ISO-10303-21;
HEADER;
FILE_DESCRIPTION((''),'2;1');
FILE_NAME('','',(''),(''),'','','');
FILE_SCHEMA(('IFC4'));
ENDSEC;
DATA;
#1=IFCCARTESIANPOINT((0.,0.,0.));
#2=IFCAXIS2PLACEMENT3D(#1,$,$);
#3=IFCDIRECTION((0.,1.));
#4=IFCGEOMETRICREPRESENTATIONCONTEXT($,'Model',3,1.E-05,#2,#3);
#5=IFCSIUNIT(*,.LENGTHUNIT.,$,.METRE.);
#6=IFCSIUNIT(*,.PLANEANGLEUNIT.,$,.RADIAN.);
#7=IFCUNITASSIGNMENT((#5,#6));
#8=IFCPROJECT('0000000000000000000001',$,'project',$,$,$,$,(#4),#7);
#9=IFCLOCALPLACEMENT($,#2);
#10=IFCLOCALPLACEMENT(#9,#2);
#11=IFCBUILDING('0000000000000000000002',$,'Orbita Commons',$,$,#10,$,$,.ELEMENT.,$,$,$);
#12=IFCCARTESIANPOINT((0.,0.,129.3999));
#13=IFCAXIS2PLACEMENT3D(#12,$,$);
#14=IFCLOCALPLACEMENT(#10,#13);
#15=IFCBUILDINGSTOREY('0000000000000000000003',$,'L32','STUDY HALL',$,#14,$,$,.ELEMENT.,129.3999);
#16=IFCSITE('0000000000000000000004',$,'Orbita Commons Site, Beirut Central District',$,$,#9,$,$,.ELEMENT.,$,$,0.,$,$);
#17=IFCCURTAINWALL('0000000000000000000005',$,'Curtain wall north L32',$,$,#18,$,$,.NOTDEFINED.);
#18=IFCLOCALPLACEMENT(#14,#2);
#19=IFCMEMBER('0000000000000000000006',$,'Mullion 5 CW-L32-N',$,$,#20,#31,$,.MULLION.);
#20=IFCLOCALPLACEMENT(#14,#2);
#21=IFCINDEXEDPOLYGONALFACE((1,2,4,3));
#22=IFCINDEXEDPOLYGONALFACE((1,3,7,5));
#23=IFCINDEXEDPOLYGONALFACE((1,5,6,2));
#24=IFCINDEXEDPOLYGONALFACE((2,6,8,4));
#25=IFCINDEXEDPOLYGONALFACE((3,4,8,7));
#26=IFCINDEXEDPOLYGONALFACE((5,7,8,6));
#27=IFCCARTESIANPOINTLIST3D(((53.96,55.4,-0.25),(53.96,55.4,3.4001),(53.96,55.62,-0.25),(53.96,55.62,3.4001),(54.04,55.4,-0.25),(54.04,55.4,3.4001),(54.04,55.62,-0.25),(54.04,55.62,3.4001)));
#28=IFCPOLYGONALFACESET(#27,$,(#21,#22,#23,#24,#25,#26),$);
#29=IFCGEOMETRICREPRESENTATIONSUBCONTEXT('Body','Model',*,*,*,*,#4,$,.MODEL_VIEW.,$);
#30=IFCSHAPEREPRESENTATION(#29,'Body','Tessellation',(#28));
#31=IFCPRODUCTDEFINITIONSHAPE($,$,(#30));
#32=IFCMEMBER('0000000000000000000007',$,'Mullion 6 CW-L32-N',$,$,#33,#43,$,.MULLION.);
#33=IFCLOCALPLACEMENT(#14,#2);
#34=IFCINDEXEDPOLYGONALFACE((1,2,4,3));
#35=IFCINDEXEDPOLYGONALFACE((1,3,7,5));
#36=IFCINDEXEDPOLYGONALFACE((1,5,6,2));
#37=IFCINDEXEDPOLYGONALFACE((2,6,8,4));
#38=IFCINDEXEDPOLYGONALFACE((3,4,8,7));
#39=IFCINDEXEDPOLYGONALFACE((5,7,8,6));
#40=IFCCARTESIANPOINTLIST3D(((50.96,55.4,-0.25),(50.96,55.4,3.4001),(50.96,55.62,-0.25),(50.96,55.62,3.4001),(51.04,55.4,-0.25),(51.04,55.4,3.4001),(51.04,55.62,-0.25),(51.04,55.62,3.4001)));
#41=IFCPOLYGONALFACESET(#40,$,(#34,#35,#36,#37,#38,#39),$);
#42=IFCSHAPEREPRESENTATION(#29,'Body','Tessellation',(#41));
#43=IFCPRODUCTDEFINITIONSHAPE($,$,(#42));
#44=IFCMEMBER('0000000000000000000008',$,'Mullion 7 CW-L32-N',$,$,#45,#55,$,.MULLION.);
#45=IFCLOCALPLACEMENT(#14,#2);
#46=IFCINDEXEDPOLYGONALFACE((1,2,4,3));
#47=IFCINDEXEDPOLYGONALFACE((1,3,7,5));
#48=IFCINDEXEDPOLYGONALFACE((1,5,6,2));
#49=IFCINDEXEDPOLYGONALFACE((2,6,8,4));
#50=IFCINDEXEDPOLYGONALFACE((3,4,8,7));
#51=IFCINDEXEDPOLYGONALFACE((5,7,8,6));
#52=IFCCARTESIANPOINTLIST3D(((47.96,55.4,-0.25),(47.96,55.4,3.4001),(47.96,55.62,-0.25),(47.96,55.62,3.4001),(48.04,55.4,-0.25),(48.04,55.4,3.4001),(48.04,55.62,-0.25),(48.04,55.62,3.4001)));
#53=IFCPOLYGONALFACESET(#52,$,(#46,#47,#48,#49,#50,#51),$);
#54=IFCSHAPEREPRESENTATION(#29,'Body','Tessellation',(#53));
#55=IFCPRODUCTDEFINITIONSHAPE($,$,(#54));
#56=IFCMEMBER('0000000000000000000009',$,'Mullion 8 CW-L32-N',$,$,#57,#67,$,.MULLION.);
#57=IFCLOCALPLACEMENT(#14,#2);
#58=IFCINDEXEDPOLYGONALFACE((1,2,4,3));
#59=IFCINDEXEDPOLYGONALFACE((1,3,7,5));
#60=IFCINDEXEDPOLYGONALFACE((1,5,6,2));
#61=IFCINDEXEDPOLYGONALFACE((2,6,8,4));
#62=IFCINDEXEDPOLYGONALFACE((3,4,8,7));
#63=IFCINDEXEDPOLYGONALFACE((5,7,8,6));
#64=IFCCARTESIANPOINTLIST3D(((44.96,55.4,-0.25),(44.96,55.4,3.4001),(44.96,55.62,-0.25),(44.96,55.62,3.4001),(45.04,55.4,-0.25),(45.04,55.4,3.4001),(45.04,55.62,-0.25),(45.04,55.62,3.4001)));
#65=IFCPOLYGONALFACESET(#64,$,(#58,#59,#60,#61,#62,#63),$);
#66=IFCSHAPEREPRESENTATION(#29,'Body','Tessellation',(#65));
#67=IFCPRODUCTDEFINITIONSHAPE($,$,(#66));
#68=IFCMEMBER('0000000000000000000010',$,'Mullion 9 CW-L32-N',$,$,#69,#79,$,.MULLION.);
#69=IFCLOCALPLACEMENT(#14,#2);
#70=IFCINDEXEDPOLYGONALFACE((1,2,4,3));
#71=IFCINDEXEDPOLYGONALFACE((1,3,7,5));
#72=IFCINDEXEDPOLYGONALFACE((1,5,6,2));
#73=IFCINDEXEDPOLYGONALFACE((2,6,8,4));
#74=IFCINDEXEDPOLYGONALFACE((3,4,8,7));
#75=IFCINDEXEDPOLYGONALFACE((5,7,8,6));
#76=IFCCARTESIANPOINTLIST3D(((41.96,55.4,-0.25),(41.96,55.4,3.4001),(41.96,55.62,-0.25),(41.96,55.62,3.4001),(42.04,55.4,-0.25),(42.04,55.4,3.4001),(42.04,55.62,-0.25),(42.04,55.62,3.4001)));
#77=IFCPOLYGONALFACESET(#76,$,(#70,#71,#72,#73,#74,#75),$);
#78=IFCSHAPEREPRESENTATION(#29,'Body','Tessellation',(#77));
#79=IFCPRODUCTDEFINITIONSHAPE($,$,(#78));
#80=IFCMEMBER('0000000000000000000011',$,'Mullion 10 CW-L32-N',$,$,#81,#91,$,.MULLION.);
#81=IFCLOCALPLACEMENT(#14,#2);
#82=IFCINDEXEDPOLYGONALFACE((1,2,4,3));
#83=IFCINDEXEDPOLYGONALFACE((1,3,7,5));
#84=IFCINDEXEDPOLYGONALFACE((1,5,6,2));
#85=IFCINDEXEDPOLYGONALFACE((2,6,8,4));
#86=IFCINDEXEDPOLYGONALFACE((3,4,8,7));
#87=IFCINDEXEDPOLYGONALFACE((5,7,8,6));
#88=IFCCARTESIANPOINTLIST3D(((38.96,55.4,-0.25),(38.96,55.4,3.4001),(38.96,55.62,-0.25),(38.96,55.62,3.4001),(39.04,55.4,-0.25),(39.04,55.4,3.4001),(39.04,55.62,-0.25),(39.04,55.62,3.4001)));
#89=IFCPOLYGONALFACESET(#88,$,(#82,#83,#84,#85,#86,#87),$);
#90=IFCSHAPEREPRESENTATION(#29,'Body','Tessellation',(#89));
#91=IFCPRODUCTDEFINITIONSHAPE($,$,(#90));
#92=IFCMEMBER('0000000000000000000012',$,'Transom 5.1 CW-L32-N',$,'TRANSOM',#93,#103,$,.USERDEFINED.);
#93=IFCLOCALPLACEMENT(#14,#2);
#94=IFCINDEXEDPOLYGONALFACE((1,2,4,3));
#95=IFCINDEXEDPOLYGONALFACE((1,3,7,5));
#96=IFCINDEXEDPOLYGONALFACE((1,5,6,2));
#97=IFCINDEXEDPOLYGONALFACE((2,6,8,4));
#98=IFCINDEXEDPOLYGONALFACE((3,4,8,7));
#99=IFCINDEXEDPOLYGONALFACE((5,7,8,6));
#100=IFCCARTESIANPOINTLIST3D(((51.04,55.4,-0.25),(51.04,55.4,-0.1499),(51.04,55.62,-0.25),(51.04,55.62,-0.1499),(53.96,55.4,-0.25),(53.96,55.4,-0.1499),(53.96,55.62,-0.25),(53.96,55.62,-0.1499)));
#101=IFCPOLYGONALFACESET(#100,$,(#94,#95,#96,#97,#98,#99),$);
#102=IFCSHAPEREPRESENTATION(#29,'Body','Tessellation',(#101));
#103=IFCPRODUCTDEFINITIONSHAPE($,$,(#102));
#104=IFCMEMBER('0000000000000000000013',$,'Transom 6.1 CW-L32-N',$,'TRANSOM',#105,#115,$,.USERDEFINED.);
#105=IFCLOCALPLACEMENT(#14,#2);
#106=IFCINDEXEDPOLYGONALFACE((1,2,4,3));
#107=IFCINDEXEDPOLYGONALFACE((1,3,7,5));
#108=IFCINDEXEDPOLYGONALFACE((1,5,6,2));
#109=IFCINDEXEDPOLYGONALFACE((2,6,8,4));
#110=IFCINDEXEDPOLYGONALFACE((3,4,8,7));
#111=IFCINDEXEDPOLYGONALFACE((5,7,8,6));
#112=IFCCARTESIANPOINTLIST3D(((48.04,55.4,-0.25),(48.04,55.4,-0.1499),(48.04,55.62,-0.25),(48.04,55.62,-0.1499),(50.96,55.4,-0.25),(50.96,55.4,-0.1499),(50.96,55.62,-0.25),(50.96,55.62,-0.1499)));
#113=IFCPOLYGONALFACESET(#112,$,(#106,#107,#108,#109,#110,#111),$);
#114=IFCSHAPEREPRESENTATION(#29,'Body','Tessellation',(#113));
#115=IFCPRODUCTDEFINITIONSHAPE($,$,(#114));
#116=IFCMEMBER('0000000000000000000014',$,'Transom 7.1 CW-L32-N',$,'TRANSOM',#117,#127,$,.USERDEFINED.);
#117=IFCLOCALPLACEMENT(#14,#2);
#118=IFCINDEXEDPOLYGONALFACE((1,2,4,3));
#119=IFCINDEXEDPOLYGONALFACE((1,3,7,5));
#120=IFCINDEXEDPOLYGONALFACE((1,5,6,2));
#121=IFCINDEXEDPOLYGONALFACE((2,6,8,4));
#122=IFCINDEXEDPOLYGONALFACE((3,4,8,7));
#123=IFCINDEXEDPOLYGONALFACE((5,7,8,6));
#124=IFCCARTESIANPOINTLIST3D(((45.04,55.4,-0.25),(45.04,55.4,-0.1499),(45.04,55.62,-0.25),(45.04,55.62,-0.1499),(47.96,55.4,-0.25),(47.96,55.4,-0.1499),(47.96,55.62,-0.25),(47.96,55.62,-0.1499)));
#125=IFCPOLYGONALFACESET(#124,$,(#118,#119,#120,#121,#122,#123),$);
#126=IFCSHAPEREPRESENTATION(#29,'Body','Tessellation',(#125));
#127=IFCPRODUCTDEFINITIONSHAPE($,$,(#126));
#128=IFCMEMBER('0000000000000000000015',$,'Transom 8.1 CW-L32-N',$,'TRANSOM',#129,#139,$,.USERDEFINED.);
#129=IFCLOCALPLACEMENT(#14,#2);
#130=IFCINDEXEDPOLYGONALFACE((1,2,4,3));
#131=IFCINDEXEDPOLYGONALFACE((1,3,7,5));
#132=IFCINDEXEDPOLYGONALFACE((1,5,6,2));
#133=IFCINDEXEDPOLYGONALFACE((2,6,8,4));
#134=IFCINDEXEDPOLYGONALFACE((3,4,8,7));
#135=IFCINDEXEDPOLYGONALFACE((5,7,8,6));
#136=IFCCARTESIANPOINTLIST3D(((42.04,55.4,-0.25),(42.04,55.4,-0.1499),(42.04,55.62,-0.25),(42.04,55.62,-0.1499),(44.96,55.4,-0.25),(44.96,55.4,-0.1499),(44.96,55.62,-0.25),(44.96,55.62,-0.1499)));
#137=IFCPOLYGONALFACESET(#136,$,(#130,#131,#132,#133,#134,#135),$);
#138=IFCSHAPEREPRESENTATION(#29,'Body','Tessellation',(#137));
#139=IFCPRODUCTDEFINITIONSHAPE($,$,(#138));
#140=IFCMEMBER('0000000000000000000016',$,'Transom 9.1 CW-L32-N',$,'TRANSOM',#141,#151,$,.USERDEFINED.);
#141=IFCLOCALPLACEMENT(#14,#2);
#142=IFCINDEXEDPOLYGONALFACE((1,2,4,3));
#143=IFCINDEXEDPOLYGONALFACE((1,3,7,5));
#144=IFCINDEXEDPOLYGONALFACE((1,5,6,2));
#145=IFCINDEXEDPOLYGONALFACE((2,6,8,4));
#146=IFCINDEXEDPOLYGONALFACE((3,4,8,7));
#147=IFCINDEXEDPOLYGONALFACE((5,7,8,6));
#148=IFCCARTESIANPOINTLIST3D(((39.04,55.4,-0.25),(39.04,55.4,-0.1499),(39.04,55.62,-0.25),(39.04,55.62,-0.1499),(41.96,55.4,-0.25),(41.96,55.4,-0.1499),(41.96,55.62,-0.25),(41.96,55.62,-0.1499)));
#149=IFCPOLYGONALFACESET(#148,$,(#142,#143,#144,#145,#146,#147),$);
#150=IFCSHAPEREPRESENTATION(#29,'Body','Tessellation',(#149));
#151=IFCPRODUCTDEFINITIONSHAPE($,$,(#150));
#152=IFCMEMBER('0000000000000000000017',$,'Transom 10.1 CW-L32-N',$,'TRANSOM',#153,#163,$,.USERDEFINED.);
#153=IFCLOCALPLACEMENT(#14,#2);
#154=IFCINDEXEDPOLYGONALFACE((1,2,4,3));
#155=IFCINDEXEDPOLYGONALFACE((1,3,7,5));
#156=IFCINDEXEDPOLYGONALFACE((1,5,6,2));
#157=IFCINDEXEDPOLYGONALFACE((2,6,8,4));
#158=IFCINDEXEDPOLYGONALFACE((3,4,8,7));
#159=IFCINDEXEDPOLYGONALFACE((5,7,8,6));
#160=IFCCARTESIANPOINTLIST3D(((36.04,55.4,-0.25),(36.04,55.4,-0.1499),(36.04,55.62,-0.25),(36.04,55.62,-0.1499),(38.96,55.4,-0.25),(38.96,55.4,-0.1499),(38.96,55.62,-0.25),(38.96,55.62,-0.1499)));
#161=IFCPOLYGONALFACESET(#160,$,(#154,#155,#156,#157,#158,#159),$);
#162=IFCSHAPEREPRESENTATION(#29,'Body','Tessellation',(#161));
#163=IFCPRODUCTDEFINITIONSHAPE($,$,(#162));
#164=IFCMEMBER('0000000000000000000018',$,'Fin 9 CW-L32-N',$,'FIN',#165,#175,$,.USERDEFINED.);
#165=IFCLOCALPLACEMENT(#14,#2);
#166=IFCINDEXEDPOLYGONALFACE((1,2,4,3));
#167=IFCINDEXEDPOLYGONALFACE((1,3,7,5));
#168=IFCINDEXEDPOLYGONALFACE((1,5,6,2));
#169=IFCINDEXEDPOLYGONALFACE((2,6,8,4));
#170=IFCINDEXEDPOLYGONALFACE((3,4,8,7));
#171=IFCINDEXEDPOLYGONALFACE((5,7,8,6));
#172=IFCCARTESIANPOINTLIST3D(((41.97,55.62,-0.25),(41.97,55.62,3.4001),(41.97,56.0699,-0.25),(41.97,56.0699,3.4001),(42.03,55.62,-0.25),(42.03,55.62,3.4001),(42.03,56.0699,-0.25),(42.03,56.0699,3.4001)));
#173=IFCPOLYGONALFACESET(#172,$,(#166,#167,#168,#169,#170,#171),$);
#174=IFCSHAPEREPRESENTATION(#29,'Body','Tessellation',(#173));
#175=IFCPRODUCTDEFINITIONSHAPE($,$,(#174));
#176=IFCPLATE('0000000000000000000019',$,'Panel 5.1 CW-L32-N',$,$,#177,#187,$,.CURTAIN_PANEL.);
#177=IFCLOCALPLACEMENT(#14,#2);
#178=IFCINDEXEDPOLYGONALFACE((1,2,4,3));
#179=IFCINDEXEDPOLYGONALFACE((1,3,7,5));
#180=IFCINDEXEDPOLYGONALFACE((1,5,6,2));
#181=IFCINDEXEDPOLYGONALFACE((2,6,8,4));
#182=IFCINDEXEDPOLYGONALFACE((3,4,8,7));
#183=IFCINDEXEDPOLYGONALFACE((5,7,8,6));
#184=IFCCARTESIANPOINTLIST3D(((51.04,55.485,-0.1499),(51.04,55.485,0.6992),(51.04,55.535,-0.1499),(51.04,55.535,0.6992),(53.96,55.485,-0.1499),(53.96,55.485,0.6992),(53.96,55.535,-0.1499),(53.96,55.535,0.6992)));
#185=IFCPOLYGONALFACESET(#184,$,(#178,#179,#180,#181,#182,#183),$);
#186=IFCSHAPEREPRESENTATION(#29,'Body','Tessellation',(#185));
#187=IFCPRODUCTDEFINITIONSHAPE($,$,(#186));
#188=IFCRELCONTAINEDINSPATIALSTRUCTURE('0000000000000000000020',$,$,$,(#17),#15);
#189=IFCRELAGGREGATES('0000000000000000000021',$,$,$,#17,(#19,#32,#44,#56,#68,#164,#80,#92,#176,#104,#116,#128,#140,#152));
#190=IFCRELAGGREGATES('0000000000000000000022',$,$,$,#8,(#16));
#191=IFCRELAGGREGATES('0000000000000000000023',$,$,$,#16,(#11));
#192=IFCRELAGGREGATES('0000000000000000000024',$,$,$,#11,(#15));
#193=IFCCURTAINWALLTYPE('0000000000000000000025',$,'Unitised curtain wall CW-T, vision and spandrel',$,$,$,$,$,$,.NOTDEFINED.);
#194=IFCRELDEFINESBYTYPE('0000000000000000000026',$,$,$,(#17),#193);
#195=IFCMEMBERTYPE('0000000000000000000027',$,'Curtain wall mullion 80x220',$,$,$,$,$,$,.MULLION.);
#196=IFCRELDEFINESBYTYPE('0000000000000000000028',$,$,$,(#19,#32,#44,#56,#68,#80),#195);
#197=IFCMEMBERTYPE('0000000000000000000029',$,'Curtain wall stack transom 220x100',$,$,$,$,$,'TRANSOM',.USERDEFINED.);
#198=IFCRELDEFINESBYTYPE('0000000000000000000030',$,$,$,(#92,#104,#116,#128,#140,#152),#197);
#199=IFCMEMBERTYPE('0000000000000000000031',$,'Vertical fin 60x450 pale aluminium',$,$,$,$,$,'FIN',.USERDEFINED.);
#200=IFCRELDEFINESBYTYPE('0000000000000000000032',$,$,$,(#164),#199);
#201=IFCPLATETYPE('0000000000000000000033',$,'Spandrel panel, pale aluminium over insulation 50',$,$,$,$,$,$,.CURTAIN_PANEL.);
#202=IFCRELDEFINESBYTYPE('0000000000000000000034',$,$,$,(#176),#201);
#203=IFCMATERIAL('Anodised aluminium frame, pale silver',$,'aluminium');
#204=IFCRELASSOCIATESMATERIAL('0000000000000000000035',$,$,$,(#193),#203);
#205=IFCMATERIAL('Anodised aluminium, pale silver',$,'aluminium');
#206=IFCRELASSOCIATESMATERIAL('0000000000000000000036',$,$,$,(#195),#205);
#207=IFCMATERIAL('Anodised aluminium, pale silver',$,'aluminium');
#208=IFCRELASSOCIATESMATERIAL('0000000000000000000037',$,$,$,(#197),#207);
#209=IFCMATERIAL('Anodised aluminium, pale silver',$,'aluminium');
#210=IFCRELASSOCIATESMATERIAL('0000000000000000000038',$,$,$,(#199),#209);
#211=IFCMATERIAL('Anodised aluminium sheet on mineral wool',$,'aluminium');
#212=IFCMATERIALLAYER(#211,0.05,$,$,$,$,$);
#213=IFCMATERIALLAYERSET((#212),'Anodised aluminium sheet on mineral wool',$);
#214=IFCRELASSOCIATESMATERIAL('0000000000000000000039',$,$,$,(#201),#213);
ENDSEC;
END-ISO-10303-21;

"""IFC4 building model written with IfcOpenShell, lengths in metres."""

from ifc_helpers import new_model, si_unit, direction, frame, origin, origin_2d, place, context, subcontext, project, spatial, rectangle, extrude, material, layer, layer_set, material_profile, profile_set, type_object, element, aggregate, save


model = new_model("IFC4")

# Units and contexts
model_context = context("Model", 3, precision=1e-05, world=origin(), true_north=direction((0.0, 1.0)))
body_context = subcontext(model_context, "Body", "Model", "MODEL_VIEW")
ifc_project = project(units=[si_unit("LENGTHUNIT", "METRE"), si_unit("PLANEANGLEUNIT", "RADIAN")], contexts=[model_context])

# Site, building, storey
site_placement = place(None, origin())
site = spatial("IfcSite", under=ifc_project, at=site_placement, Name="Orbita Commons Site, Beirut Central District", CompositionType="ELEMENT", RefElevation=0.0)
building_placement = place(site_placement, origin())
building = spatial("IfcBuilding", under=site, at=building_placement, Name="Orbita Commons", CompositionType="ELEMENT")
storey_placement = place(building_placement, frame((0.0, 0.0, 129.3999)))
storey = spatial("IfcBuildingStorey", under=building, at=storey_placement, Name="L32", Description="STUDY HALL", CompositionType="ELEMENT", Elevation=129.3999)

# Curtain wall, members, plate
ifc_material_1 = material(Name="Anodised aluminium frame, pale silver", Category="aluminium")
curtain_wall_type = type_object("IfcCurtainWallType", Name="Unitised curtain wall CW-T, vision and spandrel", PredefinedType="NOTDEFINED", material=ifc_material_1)
curtain_wall_placement = place(storey_placement, origin())
curtain_wall = element("IfcCurtainWall", 1, at=curtain_wall_placement, inside=storey, type_object=curtain_wall_type, Name="Curtain wall north L32", PredefinedType="NOTDEFINED")
ifc_material_2 = material(Name="Anodised aluminium, pale silver", Category="aluminium")
ifc_material_profile_1 = material_profile(ifc_material_2, rectangle(XDim=0.0801, YDim=0.22, at=origin_2d()), Name="AL 80x220")
ifc_profile_set_1 = profile_set([ifc_material_profile_1], Name="Anodised aluminium, pale silver")
member_type_1 = type_object("IfcMemberType", Name="Curtain wall mullion 80x220", PredefinedType="MULLION", material=ifc_profile_set_1)
member_1_placement = place(storey_placement, frame((54.0, 55.51, -0.25), z_axis=(0.0, 0.0, 1.0), x_axis=(-1.0, 0.0, 0.0)))
member_1 = element("IfcMember", 2, at=member_1_placement, type_object=member_type_1, Name="Mullion 5 CW-L32-N", PredefinedType="MULLION", context=body_context, shape_type="SweptSolid", body=[
    extrude(rectangle(XDim=0.0801, YDim=0.22, at=origin_2d()), origin(), (0.0, 0.0, 1.0), 3.6501),
])
member_2_placement = place(storey_placement, frame((51.0, 55.51, -0.25), z_axis=(0.0, 0.0, 1.0), x_axis=(-1.0, 0.0, 0.0)))
member_2 = element("IfcMember", 3, at=member_2_placement, type_object=member_type_1, Name="Mullion 6 CW-L32-N", PredefinedType="MULLION", context=body_context, shape_type="SweptSolid", body=[
    extrude(rectangle(XDim=0.0801, YDim=0.22, at=origin_2d()), origin(), (0.0, 0.0, 1.0), 3.6501),
])
member_3_placement = place(storey_placement, frame((48.0, 55.51, -0.25), z_axis=(0.0, 0.0, 1.0), x_axis=(-1.0, 0.0, 0.0)))
member_3 = element("IfcMember", 4, at=member_3_placement, type_object=member_type_1, Name="Mullion 7 CW-L32-N", PredefinedType="MULLION", context=body_context, shape_type="SweptSolid", body=[
    extrude(rectangle(XDim=0.0801, YDim=0.22, at=origin_2d()), origin(), (0.0, 0.0, 1.0), 3.6501),
])
member_4_placement = place(storey_placement, frame((45.0, 55.51, -0.25), z_axis=(0.0, 0.0, 1.0), x_axis=(-1.0, 0.0, 0.0)))
member_4 = element("IfcMember", 5, at=member_4_placement, type_object=member_type_1, Name="Mullion 8 CW-L32-N", PredefinedType="MULLION", context=body_context, shape_type="SweptSolid", body=[
    extrude(rectangle(XDim=0.0801, YDim=0.22, at=origin_2d()), origin(), (0.0, 0.0, 1.0), 3.6501),
])
member_5_placement = place(storey_placement, frame((42.0, 55.51, -0.25), z_axis=(0.0, 0.0, 1.0), x_axis=(-1.0, 0.0, 0.0)))
member_5 = element("IfcMember", 6, at=member_5_placement, type_object=member_type_1, Name="Mullion 9 CW-L32-N", PredefinedType="MULLION", context=body_context, shape_type="SweptSolid", body=[
    extrude(rectangle(XDim=0.0801, YDim=0.22, at=origin_2d()), origin(), (0.0, 0.0, 1.0), 3.6501),
])
member_6_placement = place(storey_placement, frame((39.0, 55.51, -0.25), z_axis=(0.0, 0.0, 1.0), x_axis=(-1.0, 0.0, 0.0)))
member_6 = element("IfcMember", 7, at=member_6_placement, type_object=member_type_1, Name="Mullion 10 CW-L32-N", PredefinedType="MULLION", context=body_context, shape_type="SweptSolid", body=[
    extrude(rectangle(XDim=0.0801, YDim=0.22, at=origin_2d()), origin(), (0.0, 0.0, 1.0), 3.6501),
])
ifc_material_3 = material(Name="Anodised aluminium, pale silver", Category="aluminium")
ifc_material_profile_2 = material_profile(ifc_material_3, rectangle(XDim=0.22, YDim=0.1001, at=origin_2d()), Name="AL 220x100")
ifc_profile_set_2 = profile_set([ifc_material_profile_2], Name="Anodised aluminium, pale silver")
member_type_2 = type_object("IfcMemberType", Name="Curtain wall stack transom 220x100", ElementType="TRANSOM", PredefinedType="USERDEFINED", material=ifc_profile_set_2)
member_7_placement = place(storey_placement, frame((53.96, 55.51, -0.2), z_axis=(-1.0, 0.0, 0.0), x_axis=(0.0, -1.0, 0.0)))
member_7 = element("IfcMember", 8, at=member_7_placement, type_object=member_type_2, Name="Transom 5.1 CW-L32-N", ObjectType="TRANSOM", PredefinedType="USERDEFINED", context=body_context, shape_type="SweptSolid", body=[
    extrude(rectangle(XDim=0.22, YDim=0.1001, at=origin_2d()), origin(), (0.0, 0.0, 1.0), 2.9199),
])
member_8_placement = place(storey_placement, frame((50.96, 55.51, -0.2), z_axis=(-1.0, 0.0, 0.0), x_axis=(0.0, -1.0, 0.0)))
member_8 = element("IfcMember", 9, at=member_8_placement, type_object=member_type_2, Name="Transom 6.1 CW-L32-N", ObjectType="TRANSOM", PredefinedType="USERDEFINED", context=body_context, shape_type="SweptSolid", body=[
    extrude(rectangle(XDim=0.22, YDim=0.1001, at=origin_2d()), origin(), (0.0, 0.0, 1.0), 2.9199),
])
member_9_placement = place(storey_placement, frame((47.96, 55.51, -0.2), z_axis=(-1.0, 0.0, 0.0), x_axis=(0.0, -1.0, 0.0)))
member_9 = element("IfcMember", 10, at=member_9_placement, type_object=member_type_2, Name="Transom 7.1 CW-L32-N", ObjectType="TRANSOM", PredefinedType="USERDEFINED", context=body_context, shape_type="SweptSolid", body=[
    extrude(rectangle(XDim=0.22, YDim=0.1001, at=origin_2d()), origin(), (0.0, 0.0, 1.0), 2.9199),
])
member_10_placement = place(storey_placement, frame((44.96, 55.51, -0.2), z_axis=(-1.0, 0.0, 0.0), x_axis=(0.0, -1.0, 0.0)))
member_10 = element("IfcMember", 11, at=member_10_placement, type_object=member_type_2, Name="Transom 8.1 CW-L32-N", ObjectType="TRANSOM", PredefinedType="USERDEFINED", context=body_context, shape_type="SweptSolid", body=[
    extrude(rectangle(XDim=0.22, YDim=0.1001, at=origin_2d()), origin(), (0.0, 0.0, 1.0), 2.9199),
])
member_11_placement = place(storey_placement, frame((41.96, 55.51, -0.2), z_axis=(-1.0, 0.0, 0.0), x_axis=(0.0, -1.0, 0.0)))
member_11 = element("IfcMember", 12, at=member_11_placement, type_object=member_type_2, Name="Transom 9.1 CW-L32-N", ObjectType="TRANSOM", PredefinedType="USERDEFINED", context=body_context, shape_type="SweptSolid", body=[
    extrude(rectangle(XDim=0.22, YDim=0.1001, at=origin_2d()), origin(), (0.0, 0.0, 1.0), 2.9199),
])
member_12_placement = place(storey_placement, frame((38.96, 55.51, -0.2), z_axis=(-1.0, 0.0, 0.0), x_axis=(0.0, -1.0, 0.0)))
member_12 = element("IfcMember", 13, at=member_12_placement, type_object=member_type_2, Name="Transom 10.1 CW-L32-N", ObjectType="TRANSOM", PredefinedType="USERDEFINED", context=body_context, shape_type="SweptSolid", body=[
    extrude(rectangle(XDim=0.22, YDim=0.1001, at=origin_2d()), origin(), (0.0, 0.0, 1.0), 2.9199),
])
ifc_material_4 = material(Name="Anodised aluminium, pale silver", Category="aluminium")
ifc_material_profile_3 = material_profile(ifc_material_4, rectangle(XDim=0.0601, YDim=0.45, at=origin_2d()), Name="FIN 60x450")
ifc_profile_set_3 = profile_set([ifc_material_profile_3], Name="Anodised aluminium, pale silver")
member_type_3 = type_object("IfcMemberType", Name="Vertical fin 60x450 pale aluminium", ElementType="FIN", PredefinedType="USERDEFINED", material=ifc_profile_set_3)
member_13_placement = place(storey_placement, frame((42.0, 55.845, -0.25), z_axis=(0.0, 0.0, 1.0), x_axis=(-1.0, 0.0, 0.0)))
member_13 = element("IfcMember", 14, at=member_13_placement, type_object=member_type_3, Name="Fin 9 CW-L32-N", ObjectType="FIN", PredefinedType="USERDEFINED", context=body_context, shape_type="SweptSolid", body=[
    extrude(rectangle(XDim=0.0601, YDim=0.45, at=origin_2d()), origin(), (0.0, 0.0, 1.0), 3.6501),
])
ifc_material_5 = material(Name="Anodised aluminium sheet on mineral wool", Category="aluminium")
ifc_layer_1 = layer(ifc_material_5, 0.05)
ifc_layer_set_1 = layer_set([ifc_layer_1], Name="Anodised aluminium sheet on mineral wool")
plate_type_1 = type_object("IfcPlateType", Name="Spandrel panel, pale aluminium over insulation 50", PredefinedType="CURTAIN_PANEL", material=ifc_layer_set_1)
plate_1_placement = place(storey_placement, frame((52.5, 55.51, -0.1499), z_axis=(0.0, 0.0, 1.0), x_axis=(-1.0, 0.0, 0.0)))
plate_1 = element("IfcPlate", 15, at=plate_1_placement, type_object=plate_type_1, Name="Panel 5.1 CW-L32-N", PredefinedType="CURTAIN_PANEL", context=body_context, shape_type="SweptSolid", body=[
    extrude(rectangle(XDim=2.9199, YDim=0.05, at=origin_2d()), origin(), (0.0, 0.0, 1.0), 0.8491),
])
aggregate(curtain_wall, [member_1, member_2, member_3, member_4, member_5, member_13, member_6, member_7, plate_1, member_8, member_9, member_10, member_11, member_12])

save(model, "model.ifc")
